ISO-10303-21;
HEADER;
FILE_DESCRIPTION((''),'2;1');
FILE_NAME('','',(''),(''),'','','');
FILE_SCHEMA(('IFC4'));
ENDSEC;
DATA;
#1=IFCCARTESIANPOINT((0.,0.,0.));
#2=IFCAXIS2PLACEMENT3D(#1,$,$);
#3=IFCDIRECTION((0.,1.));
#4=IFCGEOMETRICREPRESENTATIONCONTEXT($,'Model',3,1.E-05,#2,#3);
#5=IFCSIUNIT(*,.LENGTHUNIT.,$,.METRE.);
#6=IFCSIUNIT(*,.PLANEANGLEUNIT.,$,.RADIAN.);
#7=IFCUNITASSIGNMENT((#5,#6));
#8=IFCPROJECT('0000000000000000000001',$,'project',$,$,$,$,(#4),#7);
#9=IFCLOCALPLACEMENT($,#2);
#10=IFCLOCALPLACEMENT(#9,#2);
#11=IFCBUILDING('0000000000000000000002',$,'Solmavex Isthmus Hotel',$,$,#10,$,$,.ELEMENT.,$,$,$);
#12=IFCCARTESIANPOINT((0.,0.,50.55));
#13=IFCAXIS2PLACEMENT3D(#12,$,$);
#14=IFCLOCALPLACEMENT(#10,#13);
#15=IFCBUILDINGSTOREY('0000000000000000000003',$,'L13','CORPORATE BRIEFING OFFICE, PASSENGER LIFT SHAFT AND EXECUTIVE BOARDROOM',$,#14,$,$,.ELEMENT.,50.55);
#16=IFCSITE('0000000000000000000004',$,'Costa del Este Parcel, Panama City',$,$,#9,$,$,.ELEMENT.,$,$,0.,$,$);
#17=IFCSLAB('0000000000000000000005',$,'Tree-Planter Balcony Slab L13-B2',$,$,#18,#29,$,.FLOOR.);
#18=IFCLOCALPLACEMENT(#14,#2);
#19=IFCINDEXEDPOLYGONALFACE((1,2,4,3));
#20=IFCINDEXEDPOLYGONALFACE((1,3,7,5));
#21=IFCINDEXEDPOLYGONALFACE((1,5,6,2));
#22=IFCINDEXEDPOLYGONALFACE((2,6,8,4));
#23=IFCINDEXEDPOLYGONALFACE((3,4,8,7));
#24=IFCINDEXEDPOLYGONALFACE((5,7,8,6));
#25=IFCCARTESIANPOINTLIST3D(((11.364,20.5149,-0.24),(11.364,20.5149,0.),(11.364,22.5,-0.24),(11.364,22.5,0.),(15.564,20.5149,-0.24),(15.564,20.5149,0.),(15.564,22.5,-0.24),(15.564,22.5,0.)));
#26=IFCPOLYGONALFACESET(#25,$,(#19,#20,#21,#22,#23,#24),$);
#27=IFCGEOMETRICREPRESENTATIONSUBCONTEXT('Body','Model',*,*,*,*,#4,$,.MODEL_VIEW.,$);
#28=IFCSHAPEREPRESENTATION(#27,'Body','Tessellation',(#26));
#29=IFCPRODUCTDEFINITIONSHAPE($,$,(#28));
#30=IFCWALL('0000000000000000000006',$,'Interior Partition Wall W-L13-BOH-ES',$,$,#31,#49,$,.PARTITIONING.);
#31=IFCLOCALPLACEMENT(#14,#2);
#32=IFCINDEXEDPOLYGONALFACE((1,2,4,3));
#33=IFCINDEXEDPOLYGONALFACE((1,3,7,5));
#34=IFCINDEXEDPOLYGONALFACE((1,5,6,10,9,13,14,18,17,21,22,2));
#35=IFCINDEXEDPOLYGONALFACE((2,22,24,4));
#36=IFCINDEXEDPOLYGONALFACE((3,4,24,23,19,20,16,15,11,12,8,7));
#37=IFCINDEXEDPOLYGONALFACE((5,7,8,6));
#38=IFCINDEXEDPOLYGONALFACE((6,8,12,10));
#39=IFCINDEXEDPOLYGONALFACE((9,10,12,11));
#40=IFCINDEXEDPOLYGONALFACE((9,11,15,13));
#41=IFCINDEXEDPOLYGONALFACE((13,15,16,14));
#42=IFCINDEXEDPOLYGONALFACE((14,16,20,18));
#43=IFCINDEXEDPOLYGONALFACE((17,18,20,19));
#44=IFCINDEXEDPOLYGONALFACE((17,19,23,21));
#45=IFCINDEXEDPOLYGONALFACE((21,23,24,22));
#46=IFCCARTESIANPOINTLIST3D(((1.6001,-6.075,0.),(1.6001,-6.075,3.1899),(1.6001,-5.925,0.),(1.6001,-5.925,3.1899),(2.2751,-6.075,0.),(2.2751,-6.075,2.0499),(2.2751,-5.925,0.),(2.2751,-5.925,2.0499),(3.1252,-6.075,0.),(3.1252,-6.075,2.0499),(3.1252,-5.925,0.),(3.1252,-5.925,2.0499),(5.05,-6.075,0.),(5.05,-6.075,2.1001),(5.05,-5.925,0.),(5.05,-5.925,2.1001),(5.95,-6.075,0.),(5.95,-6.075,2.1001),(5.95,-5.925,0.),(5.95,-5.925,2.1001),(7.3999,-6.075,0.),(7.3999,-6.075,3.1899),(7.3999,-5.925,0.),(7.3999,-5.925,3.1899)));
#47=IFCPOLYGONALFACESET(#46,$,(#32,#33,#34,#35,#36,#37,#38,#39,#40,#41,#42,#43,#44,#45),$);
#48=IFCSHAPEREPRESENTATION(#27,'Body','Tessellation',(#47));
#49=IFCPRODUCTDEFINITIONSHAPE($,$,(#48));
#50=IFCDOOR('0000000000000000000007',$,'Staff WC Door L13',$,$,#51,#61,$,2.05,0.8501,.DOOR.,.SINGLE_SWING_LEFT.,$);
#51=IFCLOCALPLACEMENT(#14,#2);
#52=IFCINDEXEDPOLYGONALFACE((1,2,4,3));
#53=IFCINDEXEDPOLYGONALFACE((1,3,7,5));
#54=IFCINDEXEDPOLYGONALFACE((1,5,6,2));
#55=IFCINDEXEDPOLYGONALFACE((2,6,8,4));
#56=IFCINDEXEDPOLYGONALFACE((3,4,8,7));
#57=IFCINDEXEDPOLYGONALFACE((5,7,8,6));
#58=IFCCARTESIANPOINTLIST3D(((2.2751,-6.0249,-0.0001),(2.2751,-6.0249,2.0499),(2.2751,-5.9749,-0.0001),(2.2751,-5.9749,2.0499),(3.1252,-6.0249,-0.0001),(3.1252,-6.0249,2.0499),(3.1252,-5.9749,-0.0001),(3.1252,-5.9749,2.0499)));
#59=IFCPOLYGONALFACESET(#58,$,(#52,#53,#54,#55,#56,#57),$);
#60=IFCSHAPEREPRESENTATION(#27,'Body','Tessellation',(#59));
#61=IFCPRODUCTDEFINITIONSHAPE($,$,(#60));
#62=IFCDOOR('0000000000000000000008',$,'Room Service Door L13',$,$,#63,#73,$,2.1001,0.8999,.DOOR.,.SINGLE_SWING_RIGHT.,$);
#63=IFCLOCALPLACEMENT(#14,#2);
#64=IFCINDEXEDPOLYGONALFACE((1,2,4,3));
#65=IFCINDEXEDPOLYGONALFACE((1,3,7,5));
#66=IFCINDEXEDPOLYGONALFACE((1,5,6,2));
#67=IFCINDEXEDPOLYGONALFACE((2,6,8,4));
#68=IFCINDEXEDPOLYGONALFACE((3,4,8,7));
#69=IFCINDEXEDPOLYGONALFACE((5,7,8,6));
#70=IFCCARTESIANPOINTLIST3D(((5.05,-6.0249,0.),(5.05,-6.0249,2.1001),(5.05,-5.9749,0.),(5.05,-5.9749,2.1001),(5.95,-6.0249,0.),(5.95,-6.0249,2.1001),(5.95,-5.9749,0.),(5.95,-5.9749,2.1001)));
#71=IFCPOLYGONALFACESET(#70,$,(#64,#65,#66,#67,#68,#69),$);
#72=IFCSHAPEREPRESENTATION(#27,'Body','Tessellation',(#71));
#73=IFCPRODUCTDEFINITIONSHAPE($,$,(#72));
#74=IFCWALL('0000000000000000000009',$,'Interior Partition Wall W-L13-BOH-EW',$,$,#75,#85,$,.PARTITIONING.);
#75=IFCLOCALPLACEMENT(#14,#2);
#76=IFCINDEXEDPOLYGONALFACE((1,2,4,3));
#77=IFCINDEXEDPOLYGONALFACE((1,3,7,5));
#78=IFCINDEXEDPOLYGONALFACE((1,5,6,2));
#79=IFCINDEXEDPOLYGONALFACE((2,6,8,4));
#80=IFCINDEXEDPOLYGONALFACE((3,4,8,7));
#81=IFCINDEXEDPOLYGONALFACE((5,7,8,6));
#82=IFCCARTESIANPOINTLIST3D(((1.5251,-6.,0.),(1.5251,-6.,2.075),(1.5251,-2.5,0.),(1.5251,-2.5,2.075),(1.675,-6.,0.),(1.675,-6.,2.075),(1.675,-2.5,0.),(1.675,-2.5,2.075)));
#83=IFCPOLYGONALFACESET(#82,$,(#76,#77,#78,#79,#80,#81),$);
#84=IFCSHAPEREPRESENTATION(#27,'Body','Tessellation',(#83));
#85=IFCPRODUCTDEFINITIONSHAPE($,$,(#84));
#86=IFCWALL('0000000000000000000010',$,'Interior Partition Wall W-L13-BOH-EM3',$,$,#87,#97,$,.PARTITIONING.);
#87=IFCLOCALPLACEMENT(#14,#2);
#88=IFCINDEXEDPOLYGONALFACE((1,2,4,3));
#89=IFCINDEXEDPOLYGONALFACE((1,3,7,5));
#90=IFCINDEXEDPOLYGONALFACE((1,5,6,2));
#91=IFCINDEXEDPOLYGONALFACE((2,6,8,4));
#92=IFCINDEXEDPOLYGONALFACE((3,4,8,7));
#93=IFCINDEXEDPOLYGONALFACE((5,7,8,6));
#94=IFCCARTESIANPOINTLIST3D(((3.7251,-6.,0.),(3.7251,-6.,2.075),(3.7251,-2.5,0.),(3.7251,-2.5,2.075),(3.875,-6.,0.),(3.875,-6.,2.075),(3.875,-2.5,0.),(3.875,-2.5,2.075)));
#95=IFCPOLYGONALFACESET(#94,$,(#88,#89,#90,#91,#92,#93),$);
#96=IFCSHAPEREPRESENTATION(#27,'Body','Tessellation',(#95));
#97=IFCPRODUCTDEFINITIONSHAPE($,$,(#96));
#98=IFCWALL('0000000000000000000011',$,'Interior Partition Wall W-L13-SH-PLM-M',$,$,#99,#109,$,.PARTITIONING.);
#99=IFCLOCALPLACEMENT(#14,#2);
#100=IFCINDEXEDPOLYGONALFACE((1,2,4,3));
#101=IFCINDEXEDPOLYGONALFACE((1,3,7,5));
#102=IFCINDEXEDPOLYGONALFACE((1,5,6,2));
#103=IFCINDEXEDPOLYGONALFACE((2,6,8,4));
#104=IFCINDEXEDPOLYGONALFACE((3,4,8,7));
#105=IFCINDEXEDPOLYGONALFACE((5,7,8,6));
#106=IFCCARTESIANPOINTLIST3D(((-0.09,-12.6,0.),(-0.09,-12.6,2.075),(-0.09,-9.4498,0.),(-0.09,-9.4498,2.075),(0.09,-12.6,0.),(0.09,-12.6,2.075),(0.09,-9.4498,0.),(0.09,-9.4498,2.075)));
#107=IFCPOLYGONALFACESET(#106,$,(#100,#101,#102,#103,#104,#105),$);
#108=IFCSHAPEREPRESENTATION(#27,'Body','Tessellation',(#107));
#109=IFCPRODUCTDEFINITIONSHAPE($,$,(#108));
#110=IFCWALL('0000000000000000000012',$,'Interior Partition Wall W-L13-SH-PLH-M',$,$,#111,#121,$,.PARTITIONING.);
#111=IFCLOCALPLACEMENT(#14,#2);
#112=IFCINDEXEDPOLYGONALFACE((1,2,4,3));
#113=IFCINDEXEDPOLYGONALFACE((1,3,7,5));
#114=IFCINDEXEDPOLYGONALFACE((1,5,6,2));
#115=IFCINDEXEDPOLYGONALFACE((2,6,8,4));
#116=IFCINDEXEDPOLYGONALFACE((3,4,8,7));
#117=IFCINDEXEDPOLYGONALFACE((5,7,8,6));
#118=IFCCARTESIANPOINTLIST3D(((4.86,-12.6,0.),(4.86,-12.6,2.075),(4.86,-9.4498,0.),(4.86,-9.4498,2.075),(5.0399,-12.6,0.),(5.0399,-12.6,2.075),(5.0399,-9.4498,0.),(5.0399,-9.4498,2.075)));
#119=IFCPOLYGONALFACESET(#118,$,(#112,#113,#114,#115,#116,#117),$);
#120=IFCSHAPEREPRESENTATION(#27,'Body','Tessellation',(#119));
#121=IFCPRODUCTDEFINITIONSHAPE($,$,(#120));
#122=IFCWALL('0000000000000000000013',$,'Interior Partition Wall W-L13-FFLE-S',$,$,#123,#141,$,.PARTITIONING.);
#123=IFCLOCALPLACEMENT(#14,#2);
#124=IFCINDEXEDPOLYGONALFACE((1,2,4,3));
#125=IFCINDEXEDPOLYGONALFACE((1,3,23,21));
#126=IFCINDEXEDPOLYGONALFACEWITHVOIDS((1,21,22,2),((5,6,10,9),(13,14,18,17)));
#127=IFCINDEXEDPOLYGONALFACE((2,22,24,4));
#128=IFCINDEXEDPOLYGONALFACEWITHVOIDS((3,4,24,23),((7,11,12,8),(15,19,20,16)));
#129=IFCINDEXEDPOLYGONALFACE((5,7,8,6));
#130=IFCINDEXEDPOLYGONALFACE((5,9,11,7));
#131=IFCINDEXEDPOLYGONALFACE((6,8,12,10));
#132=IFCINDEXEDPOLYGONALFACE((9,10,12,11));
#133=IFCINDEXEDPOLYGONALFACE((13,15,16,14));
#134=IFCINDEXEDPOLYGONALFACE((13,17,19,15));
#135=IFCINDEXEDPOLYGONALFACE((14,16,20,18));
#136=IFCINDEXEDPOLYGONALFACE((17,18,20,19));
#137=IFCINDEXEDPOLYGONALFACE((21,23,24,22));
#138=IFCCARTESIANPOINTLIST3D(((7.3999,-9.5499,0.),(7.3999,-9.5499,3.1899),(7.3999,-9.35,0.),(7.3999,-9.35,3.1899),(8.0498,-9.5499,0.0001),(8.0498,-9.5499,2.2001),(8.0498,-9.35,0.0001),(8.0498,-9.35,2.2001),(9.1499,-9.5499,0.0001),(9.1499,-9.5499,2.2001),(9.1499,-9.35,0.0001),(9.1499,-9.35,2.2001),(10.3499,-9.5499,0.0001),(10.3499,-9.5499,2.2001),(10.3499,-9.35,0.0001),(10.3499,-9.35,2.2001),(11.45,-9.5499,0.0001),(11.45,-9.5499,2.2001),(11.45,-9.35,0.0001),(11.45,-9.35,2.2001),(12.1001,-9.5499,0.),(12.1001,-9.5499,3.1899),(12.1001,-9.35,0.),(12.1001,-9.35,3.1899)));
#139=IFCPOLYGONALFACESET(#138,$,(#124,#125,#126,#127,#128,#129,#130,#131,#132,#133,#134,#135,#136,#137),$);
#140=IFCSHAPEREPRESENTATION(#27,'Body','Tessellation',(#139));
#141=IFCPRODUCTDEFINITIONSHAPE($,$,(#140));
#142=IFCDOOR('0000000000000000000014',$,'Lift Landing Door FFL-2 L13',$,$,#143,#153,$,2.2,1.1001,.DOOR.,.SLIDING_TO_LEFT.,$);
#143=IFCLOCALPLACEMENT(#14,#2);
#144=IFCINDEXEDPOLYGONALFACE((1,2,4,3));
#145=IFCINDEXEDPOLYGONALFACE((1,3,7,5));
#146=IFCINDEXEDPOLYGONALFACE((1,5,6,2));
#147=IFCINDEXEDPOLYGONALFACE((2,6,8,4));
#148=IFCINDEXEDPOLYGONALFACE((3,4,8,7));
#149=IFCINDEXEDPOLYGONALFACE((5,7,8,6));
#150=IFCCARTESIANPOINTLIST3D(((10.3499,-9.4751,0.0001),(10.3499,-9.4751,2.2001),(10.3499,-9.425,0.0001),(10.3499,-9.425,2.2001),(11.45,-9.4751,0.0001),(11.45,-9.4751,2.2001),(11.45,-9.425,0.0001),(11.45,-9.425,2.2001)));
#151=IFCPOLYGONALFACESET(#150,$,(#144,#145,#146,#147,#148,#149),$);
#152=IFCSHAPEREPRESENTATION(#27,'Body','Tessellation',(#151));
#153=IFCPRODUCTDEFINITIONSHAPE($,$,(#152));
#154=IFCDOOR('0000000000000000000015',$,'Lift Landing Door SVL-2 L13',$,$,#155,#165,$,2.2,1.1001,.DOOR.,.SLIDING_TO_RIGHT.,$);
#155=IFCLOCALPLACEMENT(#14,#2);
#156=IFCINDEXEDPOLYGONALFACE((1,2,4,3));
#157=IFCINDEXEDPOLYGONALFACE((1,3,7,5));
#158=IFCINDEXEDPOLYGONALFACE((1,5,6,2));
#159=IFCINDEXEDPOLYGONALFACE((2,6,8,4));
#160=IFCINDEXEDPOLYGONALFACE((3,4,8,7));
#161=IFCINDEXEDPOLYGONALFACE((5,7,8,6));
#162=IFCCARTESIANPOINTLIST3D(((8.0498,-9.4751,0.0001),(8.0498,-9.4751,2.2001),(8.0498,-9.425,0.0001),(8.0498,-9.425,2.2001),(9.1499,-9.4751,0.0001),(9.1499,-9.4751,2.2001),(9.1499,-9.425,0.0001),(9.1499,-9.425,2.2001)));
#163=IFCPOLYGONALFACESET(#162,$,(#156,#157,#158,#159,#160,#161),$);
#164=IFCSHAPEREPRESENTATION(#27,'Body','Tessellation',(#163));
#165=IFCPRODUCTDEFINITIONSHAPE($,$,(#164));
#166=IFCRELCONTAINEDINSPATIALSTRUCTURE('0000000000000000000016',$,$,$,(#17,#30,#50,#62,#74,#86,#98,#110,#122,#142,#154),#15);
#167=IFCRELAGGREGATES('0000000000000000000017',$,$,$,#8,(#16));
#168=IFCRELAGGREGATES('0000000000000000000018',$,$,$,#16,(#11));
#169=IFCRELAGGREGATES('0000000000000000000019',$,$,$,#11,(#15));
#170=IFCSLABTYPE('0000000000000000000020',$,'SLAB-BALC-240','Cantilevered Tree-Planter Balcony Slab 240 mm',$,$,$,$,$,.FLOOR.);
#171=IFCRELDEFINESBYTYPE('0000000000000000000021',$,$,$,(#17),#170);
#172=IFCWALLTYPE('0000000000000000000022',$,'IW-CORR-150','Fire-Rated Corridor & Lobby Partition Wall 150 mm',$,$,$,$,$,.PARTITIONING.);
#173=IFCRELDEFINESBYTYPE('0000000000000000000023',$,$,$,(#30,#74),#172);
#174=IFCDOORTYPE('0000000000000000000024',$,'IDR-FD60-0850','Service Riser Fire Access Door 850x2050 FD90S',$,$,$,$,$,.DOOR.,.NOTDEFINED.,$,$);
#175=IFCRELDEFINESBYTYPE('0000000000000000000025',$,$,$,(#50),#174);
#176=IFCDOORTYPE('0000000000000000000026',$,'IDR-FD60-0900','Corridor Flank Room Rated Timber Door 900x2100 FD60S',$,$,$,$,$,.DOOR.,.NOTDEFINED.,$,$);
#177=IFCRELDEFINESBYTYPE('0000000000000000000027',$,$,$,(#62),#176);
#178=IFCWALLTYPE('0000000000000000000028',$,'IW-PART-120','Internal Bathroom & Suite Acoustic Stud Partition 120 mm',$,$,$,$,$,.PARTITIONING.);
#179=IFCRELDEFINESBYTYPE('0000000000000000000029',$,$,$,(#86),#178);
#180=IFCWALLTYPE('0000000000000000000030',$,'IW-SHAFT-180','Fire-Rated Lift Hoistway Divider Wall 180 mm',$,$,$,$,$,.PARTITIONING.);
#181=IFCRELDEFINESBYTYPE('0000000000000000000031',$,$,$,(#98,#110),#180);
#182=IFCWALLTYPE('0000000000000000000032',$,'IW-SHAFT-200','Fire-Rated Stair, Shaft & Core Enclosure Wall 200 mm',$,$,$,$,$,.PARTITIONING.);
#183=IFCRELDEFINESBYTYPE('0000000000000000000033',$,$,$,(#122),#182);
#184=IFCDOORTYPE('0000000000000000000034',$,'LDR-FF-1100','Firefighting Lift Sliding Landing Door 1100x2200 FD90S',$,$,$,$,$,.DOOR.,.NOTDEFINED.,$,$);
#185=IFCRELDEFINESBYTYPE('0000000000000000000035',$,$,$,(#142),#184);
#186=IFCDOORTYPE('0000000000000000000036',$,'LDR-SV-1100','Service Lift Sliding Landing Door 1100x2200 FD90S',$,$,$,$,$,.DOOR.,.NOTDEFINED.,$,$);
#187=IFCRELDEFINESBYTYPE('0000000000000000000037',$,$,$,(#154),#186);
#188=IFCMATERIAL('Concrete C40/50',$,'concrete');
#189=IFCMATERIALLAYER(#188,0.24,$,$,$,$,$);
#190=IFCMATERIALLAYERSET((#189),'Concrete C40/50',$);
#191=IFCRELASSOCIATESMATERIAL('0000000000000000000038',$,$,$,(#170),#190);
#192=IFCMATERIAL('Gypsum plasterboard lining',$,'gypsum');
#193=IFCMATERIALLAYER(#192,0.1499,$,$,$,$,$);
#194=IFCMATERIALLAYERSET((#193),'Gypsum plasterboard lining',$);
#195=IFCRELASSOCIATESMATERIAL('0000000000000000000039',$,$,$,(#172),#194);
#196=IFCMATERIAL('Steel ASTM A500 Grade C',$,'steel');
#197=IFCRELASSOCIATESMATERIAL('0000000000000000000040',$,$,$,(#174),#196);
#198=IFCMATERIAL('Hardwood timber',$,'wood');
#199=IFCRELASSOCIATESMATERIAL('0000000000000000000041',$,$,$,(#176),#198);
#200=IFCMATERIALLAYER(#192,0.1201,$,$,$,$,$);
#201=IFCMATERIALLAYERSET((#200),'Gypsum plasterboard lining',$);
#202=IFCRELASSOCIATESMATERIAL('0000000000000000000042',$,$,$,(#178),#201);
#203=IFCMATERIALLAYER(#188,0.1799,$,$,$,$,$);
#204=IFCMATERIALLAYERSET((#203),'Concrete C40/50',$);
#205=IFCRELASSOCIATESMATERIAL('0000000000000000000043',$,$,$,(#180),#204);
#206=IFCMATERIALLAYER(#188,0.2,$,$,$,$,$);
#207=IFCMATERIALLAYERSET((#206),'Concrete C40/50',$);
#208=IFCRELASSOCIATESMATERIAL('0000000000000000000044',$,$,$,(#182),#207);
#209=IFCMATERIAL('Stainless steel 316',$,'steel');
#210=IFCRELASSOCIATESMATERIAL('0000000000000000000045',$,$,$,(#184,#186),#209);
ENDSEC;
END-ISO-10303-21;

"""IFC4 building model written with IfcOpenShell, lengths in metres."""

from ifc_helpers import new_model, si_unit, direction, frame, frame_2d, origin, place, context, subcontext, project, spatial, polyline, rectangle, outline, extrude, material, layer, layer_set, type_object, element, fill, save


model = new_model("IFC4")

# Units and contexts
model_context = context("Model", 3, precision=1e-05, world=origin(), true_north=direction((0.0, 1.0)))
body_context = subcontext(model_context, "Body", "Model", "MODEL_VIEW")
ifc_project = project(units=[si_unit("LENGTHUNIT", "METRE"), si_unit("PLANEANGLEUNIT", "RADIAN")], contexts=[model_context])

# Site, building, storey
site_placement = place(None, origin())
site = spatial("IfcSite", under=ifc_project, at=site_placement, Name="Costa del Este Parcel, Panama City", CompositionType="ELEMENT", RefElevation=0.0)
building_placement = place(site_placement, origin())
building = spatial("IfcBuilding", under=site, at=building_placement, Name="Solmavex Isthmus Hotel", CompositionType="ELEMENT")
storey_placement = place(building_placement, frame((0.0, 0.0, 50.55)))
storey = spatial("IfcBuildingStorey", under=building, at=storey_placement, Name="L13", Description="CORPORATE BRIEFING OFFICE, PASSENGER LIFT SHAFT AND EXECUTIVE BOARDROOM", CompositionType="ELEMENT", Elevation=50.55)

# Slab
ifc_material_1 = material(Name="Concrete C40/50", Category="concrete")
ifc_layer_1 = layer(ifc_material_1, 0.24)
ifc_layer_set_1 = layer_set([ifc_layer_1], Name="Concrete C40/50")
slab_type = type_object("IfcSlabType", Name="SLAB-BALC-240", Description="Cantilevered Tree-Planter Balcony Slab 240 mm", PredefinedType="FLOOR", material=ifc_layer_set_1)
slab_1_placement = place(storey_placement, frame((0.0, 0.0, -0.24)))
element("IfcSlab", 1, at=slab_1_placement, inside=storey, type_object=slab_type, Name="Tree-Planter Balcony Slab L13-B2", PredefinedType="FLOOR", context=body_context, shape_type="SweptSolid", body=[
    extrude(outline(polyline([(11.364, 20.5149), (15.564, 20.5149), (15.564, 22.5), (11.364, 22.5), (11.364, 20.5149)])), origin(), (0.0, 0.0, 1.0), 0.24),
])

# Wall, openings, doors
ifc_material_2 = material(Name="Gypsum plasterboard lining", Category="gypsum")
ifc_layer_2 = layer(ifc_material_2, 0.1499)
ifc_layer_set_2 = layer_set([ifc_layer_2], Name="Gypsum plasterboard lining")
wall_type_1 = type_object("IfcWallType", Name="IW-CORR-150", Description="Fire-Rated Corridor & Lobby Partition Wall 150 mm", PredefinedType="PARTITIONING", material=ifc_layer_set_2)
wall_1_placement = place(storey_placement, frame((1.6001, -6.0, 0.0), z_axis=(0.0, 0.0, 1.0), x_axis=(1.0, 0.0, 0.0)))
wall_1 = element("IfcWall", 2, at=wall_1_placement, inside=storey, type_object=wall_type_1, Name="Interior Partition Wall W-L13-BOH-ES", PredefinedType="PARTITIONING", context=body_context, shape_type="SweptSolid", body=[
    extrude(rectangle(XDim=5.7998, YDim=0.1499, at=frame_2d((2.8999, 0.0))), origin(), (0.0, 0.0, 1.0), 3.1899),
])
opening_1_placement = place(wall_1_placement, frame((0.675, 0.0, 0.0)))
opening_1 = element("IfcOpeningElement", 3, at=opening_1_placement, cuts=wall_1, PredefinedType="OPENING", context=body_context, shape_type="SweptSolid", body=[
    extrude(rectangle(XDim=0.8501, YDim=2.05, at=frame_2d((0.425, 1.0249))), frame((0.0, 0.085, 0.0), z_axis=(0.0, -1.0, 0.0), x_axis=(1.0, 0.0, 0.0)), (0.0, 0.0, 1.0), 0.1699),
])
opening_2_placement = place(wall_1_placement, frame((3.45, 0.0, 0.0)))
opening_2 = element("IfcOpeningElement", 4, at=opening_2_placement, cuts=wall_1, PredefinedType="OPENING", context=body_context, shape_type="SweptSolid", body=[
    extrude(rectangle(XDim=0.8999, YDim=2.1001, at=frame_2d((0.45, 1.05))), frame((0.0, 0.085, 0.0), z_axis=(0.0, -1.0, 0.0), x_axis=(1.0, 0.0, 0.0)), (0.0, 0.0, 1.0), 0.1699),
])
ifc_material_3 = material(Name="Steel ASTM A500 Grade C", Category="steel")
door_type_1 = type_object("IfcDoorType", Name="IDR-FD60-0850", Description="Service Riser Fire Access Door 850x2050 FD90S", OperationType="NOTDEFINED", PredefinedType="DOOR", material=ifc_material_3)
door_1_placement = place(opening_1_placement, frame((0.8501, 0.0, 0.0), z_axis=(0.0, 0.0, 1.0), x_axis=(-1.0, 0.0, 0.0)))
door_1 = element("IfcDoor", 5, at=door_1_placement, inside=storey, type_object=door_type_1, Name="Staff WC Door L13", OperationType="SINGLE_SWING_LEFT", OverallHeight=2.05, OverallWidth=0.8501, PredefinedType="DOOR", context=body_context, shape_type="SweptSolid", body=[
    extrude(rectangle(XDim=0.8501, YDim=2.05, at=frame_2d((0.425, 1.0249))), frame((0.0, 0.0249, 0.0), z_axis=(0.0, -1.0, 0.0), x_axis=(1.0, 0.0, 0.0)), (0.0, 0.0, 1.0), 0.05),
])
fill(opening_1, door_1)
ifc_material_4 = material(Name="Hardwood timber", Category="wood")
door_type_2 = type_object("IfcDoorType", Name="IDR-FD60-0900", Description="Corridor Flank Room Rated Timber Door 900x2100 FD60S", OperationType="NOTDEFINED", PredefinedType="DOOR", material=ifc_material_4)
door_2_placement = place(opening_2_placement, frame((0.8999, 0.0, 0.0), z_axis=(0.0, 0.0, 1.0), x_axis=(-1.0, 0.0, 0.0)))
door_2 = element("IfcDoor", 6, at=door_2_placement, inside=storey, type_object=door_type_2, Name="Room Service Door L13", OperationType="SINGLE_SWING_RIGHT", OverallHeight=2.1001, OverallWidth=0.8999, PredefinedType="DOOR", context=body_context, shape_type="SweptSolid", body=[
    extrude(rectangle(XDim=0.8999, YDim=2.1001, at=frame_2d((0.45, 1.05))), frame((0.0, 0.0249, 0.0), z_axis=(0.0, -1.0, 0.0), x_axis=(1.0, 0.0, 0.0)), (0.0, 0.0, 1.0), 0.05),
])
fill(opening_2, door_2)

# Walls
wall_2_placement = place(storey_placement, frame((1.6001, -6.0, 0.0), z_axis=(0.0, 0.0, 1.0), x_axis=(0.0, 1.0, 0.0)))
element("IfcWall", 7, at=wall_2_placement, inside=storey, type_object=wall_type_1, Name="Interior Partition Wall W-L13-BOH-EW", PredefinedType="PARTITIONING", context=body_context, shape_type="SweptSolid", body=[
    extrude(rectangle(XDim=3.5, YDim=0.1499, at=frame_2d((1.75, 0.0))), origin(), (0.0, 0.0, 1.0), 2.075),
])
ifc_layer_3 = layer(ifc_material_2, 0.1201)
ifc_layer_set_3 = layer_set([ifc_layer_3], Name="Gypsum plasterboard lining")
wall_type_2 = type_object("IfcWallType", Name="IW-PART-120", Description="Internal Bathroom & Suite Acoustic Stud Partition 120 mm", PredefinedType="PARTITIONING", material=ifc_layer_set_3)
wall_3_placement = place(storey_placement, frame((3.8, -6.0, 0.0), z_axis=(0.0, 0.0, 1.0), x_axis=(0.0, 1.0, 0.0)))
element("IfcWall", 8, at=wall_3_placement, inside=storey, type_object=wall_type_2, Name="Interior Partition Wall W-L13-BOH-EM3", PredefinedType="PARTITIONING", context=body_context, shape_type="SweptSolid", body=[
    extrude(rectangle(XDim=3.5, YDim=0.1499, at=frame_2d((1.75, 0.0))), origin(), (0.0, 0.0, 1.0), 2.075),
])
ifc_layer_4 = layer(ifc_material_1, 0.1799)
ifc_layer_set_4 = layer_set([ifc_layer_4], Name="Concrete C40/50")
wall_type_3 = type_object("IfcWallType", Name="IW-SHAFT-180", Description="Fire-Rated Lift Hoistway Divider Wall 180 mm", PredefinedType="PARTITIONING", material=ifc_layer_set_4)
for number, where, z_axis, x_axis, name in (
    (9, (0.0, -12.6001, 0.0), (0.0, 0.0, 1.0), (0.0, 1.0, 0.0), "Interior Partition Wall W-L13-SH-PLM-M"),
    (10, (4.95, -12.6001, 0.0), (0.0, 0.0, 1.0), (0.0, 1.0, 0.0), "Interior Partition Wall W-L13-SH-PLH-M"),
):
    element("IfcWall", number, at=place(storey_placement, frame(where, z_axis=z_axis, x_axis=x_axis)), inside=storey, type_object=wall_type_3, Name=name, PredefinedType="PARTITIONING", context=body_context, shape_type="SweptSolid", body=[
        extrude(rectangle(XDim=3.1501, YDim=0.1799, at=frame_2d((1.5752, 0.0))), origin(), (0.0, 0.0, 1.0), 2.075),
    ])

# Wall, openings, doors
ifc_layer_5 = layer(ifc_material_1, 0.2)
ifc_layer_set_5 = layer_set([ifc_layer_5], Name="Concrete C40/50")
wall_type_4 = type_object("IfcWallType", Name="IW-SHAFT-200", Description="Fire-Rated Stair, Shaft & Core Enclosure Wall 200 mm", PredefinedType="PARTITIONING", material=ifc_layer_set_5)
wall_4_placement = place(storey_placement, frame((7.3999, -9.45, 0.0), z_axis=(0.0, 0.0, 1.0), x_axis=(1.0, 0.0, 0.0)))
wall_4 = element("IfcWall", 11, at=wall_4_placement, inside=storey, type_object=wall_type_4, Name="Interior Partition Wall W-L13-FFLE-S", PredefinedType="PARTITIONING", context=body_context, shape_type="SweptSolid", body=[
    extrude(rectangle(XDim=4.7002, YDim=0.2, at=frame_2d((2.3501, 0.0))), origin(), (0.0, 0.0, 1.0), 3.1899),
])
opening_3_placement = place(wall_4_placement, frame((2.95, 0.0, 0.0)))
opening_3 = element("IfcOpeningElement", 12, at=opening_3_placement, cuts=wall_4, PredefinedType="OPENING", context=body_context, shape_type="SweptSolid", body=[
    extrude(rectangle(XDim=1.1001, YDim=2.2, at=frame_2d((0.55, 1.1001))), frame((0.0, 0.1099, 0.0), z_axis=(0.0, -1.0, 0.0), x_axis=(1.0, 0.0, 0.0)), (0.0, 0.0, 1.0), 0.22),
])
opening_4_placement = place(wall_4_placement, frame((0.6499, 0.0, 0.0)))
opening_4 = element("IfcOpeningElement", 13, at=opening_4_placement, cuts=wall_4, PredefinedType="OPENING", context=body_context, shape_type="SweptSolid", body=[
    extrude(rectangle(XDim=1.1001, YDim=2.2, at=frame_2d((0.55, 1.1001))), frame((0.0, 0.1099, 0.0), z_axis=(0.0, -1.0, 0.0), x_axis=(1.0, 0.0, 0.0)), (0.0, 0.0, 1.0), 0.22),
])
ifc_material_5 = material(Name="Stainless steel 316", Category="steel")
door_type_3 = type_object("IfcDoorType", Name="LDR-FF-1100", Description="Firefighting Lift Sliding Landing Door 1100x2200 FD90S", OperationType="NOTDEFINED", PredefinedType="DOOR", material=ifc_material_5)
door_3_placement = place(opening_3_placement, origin())
door_3 = element("IfcDoor", 14, at=door_3_placement, inside=storey, type_object=door_type_3, Name="Lift Landing Door FFL-2 L13", OperationType="SLIDING_TO_LEFT", OverallHeight=2.2, OverallWidth=1.1001, PredefinedType="DOOR", context=body_context, shape_type="SweptSolid", body=[
    extrude(rectangle(XDim=1.1001, YDim=2.2, at=frame_2d((0.55, 1.1001))), frame((0.0, 0.0249, 0.0), z_axis=(0.0, -1.0, 0.0), x_axis=(1.0, 0.0, 0.0)), (0.0, 0.0, 1.0), 0.05),
])
fill(opening_3, door_3)
door_type_4 = type_object("IfcDoorType", Name="LDR-SV-1100", Description="Service Lift Sliding Landing Door 1100x2200 FD90S", OperationType="NOTDEFINED", PredefinedType="DOOR", material=ifc_material_5)
door_4_placement = place(opening_4_placement, origin())
door_4 = element("IfcDoor", 15, at=door_4_placement, inside=storey, type_object=door_type_4, Name="Lift Landing Door SVL-2 L13", OperationType="SLIDING_TO_RIGHT", OverallHeight=2.2, OverallWidth=1.1001, PredefinedType="DOOR", context=body_context, shape_type="SweptSolid", body=[
    extrude(rectangle(XDim=1.1001, YDim=2.2, at=frame_2d((0.55, 1.1001))), frame((0.0, 0.0249, 0.0), z_axis=(0.0, -1.0, 0.0), x_axis=(1.0, 0.0, 0.0)), (0.0, 0.0, 1.0), 0.05),
])
fill(opening_4, door_4)

save(model, "model.ifc")
